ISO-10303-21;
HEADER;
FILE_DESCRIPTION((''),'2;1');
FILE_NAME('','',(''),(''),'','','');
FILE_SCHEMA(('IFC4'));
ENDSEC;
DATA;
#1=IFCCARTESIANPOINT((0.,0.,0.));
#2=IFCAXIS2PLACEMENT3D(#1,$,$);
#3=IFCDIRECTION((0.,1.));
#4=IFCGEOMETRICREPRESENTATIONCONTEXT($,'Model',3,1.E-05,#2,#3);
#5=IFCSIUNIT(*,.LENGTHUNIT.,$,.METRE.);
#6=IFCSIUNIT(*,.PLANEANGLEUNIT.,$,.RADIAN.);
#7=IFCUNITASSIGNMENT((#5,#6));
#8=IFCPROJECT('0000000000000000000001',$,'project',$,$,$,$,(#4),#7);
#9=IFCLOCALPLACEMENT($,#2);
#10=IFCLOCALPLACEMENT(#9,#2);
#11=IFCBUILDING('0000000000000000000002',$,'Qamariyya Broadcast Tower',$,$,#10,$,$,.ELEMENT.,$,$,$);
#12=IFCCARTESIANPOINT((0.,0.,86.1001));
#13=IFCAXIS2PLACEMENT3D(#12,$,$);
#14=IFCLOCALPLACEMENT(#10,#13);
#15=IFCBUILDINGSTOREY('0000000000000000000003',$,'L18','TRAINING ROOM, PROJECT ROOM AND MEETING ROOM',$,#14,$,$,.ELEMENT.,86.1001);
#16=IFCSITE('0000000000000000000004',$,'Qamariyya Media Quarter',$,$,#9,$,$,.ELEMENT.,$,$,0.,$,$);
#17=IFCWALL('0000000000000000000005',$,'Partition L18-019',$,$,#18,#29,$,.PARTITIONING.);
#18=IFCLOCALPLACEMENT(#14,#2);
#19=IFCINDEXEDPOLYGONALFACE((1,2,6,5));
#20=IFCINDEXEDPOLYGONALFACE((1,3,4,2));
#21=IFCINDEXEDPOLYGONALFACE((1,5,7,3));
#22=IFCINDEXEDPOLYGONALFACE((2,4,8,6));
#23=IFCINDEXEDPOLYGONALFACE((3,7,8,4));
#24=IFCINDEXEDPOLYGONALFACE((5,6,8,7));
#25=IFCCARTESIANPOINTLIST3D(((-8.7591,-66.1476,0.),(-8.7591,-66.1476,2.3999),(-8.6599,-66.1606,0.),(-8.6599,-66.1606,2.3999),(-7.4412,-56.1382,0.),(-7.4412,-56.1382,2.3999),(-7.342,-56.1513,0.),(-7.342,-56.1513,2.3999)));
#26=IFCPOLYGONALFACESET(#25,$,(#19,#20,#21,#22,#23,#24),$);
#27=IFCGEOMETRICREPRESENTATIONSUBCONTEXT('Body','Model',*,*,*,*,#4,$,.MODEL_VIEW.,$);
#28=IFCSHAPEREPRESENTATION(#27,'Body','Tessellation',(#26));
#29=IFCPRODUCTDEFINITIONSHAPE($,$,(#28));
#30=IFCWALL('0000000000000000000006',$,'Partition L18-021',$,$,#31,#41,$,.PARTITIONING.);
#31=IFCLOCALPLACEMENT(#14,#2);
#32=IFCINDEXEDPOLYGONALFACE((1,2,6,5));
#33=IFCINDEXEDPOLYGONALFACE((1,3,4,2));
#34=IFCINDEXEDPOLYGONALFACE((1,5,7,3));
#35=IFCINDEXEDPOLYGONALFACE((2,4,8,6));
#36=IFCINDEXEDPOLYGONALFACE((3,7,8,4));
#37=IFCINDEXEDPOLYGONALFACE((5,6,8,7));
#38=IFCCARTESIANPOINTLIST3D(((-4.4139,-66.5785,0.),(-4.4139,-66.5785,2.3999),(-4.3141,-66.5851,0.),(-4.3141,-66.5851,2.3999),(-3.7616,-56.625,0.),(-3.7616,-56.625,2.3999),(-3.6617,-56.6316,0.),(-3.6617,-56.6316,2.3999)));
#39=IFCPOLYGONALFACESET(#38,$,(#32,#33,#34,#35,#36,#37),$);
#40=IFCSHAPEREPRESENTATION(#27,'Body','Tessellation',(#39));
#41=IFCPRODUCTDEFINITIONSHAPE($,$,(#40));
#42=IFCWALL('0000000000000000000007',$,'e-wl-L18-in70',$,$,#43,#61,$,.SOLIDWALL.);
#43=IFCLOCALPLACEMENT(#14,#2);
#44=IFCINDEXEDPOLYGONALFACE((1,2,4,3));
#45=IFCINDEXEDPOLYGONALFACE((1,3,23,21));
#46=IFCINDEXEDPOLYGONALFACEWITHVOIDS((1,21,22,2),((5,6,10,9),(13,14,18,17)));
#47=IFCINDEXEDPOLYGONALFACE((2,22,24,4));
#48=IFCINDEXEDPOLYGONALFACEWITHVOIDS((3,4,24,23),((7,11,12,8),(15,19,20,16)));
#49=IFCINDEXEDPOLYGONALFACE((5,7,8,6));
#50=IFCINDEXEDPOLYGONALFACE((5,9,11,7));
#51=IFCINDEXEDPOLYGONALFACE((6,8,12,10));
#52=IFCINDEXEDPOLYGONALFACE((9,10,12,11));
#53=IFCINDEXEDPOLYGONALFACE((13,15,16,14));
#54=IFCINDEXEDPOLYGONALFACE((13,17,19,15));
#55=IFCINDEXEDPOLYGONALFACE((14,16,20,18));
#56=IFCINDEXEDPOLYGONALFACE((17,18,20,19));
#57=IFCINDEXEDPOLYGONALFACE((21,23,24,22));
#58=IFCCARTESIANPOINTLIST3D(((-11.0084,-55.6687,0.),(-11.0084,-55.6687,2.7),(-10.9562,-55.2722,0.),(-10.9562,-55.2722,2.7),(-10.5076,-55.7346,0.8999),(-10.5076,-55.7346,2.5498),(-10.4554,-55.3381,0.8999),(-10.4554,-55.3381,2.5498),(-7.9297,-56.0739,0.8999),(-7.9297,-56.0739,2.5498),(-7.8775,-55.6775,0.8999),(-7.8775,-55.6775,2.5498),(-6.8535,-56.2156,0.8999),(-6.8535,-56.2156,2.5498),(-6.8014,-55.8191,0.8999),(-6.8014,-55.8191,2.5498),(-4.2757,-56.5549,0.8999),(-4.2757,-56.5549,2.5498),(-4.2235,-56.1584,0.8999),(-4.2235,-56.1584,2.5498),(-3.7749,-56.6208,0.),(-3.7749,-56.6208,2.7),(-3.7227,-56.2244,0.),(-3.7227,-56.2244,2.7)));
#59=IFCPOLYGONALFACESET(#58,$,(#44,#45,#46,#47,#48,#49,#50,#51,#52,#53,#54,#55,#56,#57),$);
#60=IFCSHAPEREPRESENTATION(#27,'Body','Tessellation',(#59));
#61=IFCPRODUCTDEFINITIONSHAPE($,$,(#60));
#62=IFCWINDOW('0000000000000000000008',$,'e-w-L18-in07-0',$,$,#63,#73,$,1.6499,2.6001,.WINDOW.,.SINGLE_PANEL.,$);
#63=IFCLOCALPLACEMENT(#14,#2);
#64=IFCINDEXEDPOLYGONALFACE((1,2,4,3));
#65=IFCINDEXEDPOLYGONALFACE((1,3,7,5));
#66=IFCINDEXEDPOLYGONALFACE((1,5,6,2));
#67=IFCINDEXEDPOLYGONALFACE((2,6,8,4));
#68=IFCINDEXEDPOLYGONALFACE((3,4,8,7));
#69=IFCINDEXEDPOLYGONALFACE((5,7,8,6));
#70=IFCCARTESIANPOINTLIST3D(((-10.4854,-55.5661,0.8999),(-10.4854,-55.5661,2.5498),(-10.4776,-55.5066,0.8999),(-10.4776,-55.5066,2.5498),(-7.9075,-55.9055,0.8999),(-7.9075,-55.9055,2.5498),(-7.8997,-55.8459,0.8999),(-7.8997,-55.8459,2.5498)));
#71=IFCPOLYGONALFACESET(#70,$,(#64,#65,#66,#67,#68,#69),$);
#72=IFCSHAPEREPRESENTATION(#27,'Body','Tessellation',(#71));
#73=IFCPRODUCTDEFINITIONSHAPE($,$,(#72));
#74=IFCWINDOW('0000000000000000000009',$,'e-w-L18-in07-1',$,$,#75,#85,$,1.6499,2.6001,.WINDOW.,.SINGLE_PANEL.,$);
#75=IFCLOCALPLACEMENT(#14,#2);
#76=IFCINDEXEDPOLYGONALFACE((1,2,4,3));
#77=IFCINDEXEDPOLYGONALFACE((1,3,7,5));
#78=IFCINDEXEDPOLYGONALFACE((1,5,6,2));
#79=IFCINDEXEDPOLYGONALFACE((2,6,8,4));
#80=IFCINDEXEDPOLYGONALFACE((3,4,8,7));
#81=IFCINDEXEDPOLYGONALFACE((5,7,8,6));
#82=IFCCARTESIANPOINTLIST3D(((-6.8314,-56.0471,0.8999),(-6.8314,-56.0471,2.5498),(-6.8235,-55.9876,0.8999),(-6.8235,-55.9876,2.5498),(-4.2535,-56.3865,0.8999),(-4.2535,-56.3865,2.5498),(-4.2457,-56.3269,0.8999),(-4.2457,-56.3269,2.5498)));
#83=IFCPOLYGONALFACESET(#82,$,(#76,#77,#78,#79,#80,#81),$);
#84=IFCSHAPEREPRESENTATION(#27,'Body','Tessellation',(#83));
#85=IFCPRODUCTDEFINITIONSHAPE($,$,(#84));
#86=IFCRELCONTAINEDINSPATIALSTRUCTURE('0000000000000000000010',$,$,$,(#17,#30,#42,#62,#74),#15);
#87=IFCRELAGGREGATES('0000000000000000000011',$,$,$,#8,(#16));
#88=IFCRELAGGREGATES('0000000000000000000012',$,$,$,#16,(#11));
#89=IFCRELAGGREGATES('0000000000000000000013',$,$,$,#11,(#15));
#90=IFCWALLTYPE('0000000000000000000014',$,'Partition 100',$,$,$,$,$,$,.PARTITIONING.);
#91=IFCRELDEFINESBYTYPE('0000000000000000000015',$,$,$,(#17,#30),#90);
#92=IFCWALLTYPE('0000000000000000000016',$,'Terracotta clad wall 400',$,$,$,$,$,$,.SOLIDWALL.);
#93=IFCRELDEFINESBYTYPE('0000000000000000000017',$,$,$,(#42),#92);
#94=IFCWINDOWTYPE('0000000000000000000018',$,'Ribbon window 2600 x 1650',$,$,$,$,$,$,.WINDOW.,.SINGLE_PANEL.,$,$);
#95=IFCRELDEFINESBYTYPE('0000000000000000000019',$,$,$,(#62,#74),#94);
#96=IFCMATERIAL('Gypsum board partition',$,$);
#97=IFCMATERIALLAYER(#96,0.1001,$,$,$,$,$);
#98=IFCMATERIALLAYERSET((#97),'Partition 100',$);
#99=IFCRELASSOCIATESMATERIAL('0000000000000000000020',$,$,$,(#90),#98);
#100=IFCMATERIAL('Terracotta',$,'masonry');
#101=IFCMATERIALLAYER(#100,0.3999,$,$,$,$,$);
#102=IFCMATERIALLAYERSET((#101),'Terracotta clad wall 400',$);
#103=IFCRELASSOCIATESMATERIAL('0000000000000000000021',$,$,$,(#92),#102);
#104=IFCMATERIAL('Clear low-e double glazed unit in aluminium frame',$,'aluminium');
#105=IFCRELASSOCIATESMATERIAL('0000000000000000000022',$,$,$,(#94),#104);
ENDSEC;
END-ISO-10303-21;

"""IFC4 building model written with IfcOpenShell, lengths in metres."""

from ifc_helpers import new_model, si_unit, direction, frame, frame_2d, origin, place, context, subcontext, project, spatial, rectangle, extrude, material, layer, layer_set, type_object, element, fill, save


model = new_model("IFC4")

# Units and contexts
model_context = context("Model", 3, precision=1e-05, world=origin(), true_north=direction((0.0, 1.0)))
body_context = subcontext(model_context, "Body", "Model", "MODEL_VIEW")
ifc_project = project(units=[si_unit("LENGTHUNIT", "METRE"), si_unit("PLANEANGLEUNIT", "RADIAN")], contexts=[model_context])

# Site, building, storey
site_placement = place(None, origin())
site = spatial("IfcSite", under=ifc_project, at=site_placement, Name="Qamariyya Media Quarter", CompositionType="ELEMENT", RefElevation=0.0)
building_placement = place(site_placement, origin())
building = spatial("IfcBuilding", under=site, at=building_placement, Name="Qamariyya Broadcast Tower", CompositionType="ELEMENT")
storey_placement = place(building_placement, frame((0.0, 0.0, 86.1001)))
storey = spatial("IfcBuildingStorey", under=building, at=storey_placement, Name="L18", Description="TRAINING ROOM, PROJECT ROOM AND MEETING ROOM", CompositionType="ELEMENT", Elevation=86.1001)

# Shared definitions
ifc_material_1 = material(Name="Gypsum board partition")

# Walls
ifc_layer_1 = layer(ifc_material_1, 0.1001)
ifc_layer_set_1 = layer_set([ifc_layer_1], Name="Partition 100")
wall_type_1 = type_object("IfcWallType", Name="Partition 100", PredefinedType="PARTITIONING", material=ifc_layer_set_1)
wall_1_placement = place(storey_placement, frame((-7.3916, -56.1448, 0.0), z_axis=(0.0, 0.0, 1.0), x_axis=(-0.130538, -0.991443, 0.0)))
element("IfcWall", 1, at=wall_1_placement, inside=storey, type_object=wall_type_1, Name="Partition L18-019", PredefinedType="PARTITIONING", context=body_context, shape_type="SweptSolid", body=[
    extrude(rectangle(XDim=10.0957, YDim=0.1001, at=frame_2d((5.0479, 0.0))), origin(), (0.0, 0.0, 1.0), 2.3999),
])
wall_2_placement = place(storey_placement, frame((-3.7117, -56.6284, 0.0), z_axis=(0.0, 0.0, 1.0), x_axis=(-0.065398, -0.997859, 0.0)))
element("IfcWall", 2, at=wall_2_placement, inside=storey, type_object=wall_type_1, Name="Partition L18-021", PredefinedType="PARTITIONING", context=body_context, shape_type="SweptSolid", body=[
    extrude(rectangle(XDim=9.9749, YDim=0.1001, at=frame_2d((4.9873, 0.0))), origin(), (0.0, 0.0, 1.0), 2.3999),
])

# Wall, openings, windows
ifc_material_2 = material(Name="Terracotta", Category="masonry")
ifc_layer_2 = layer(ifc_material_2, 0.3999)
ifc_layer_set_2 = layer_set([ifc_layer_2], Name="Terracotta clad wall 400")
wall_type_2 = type_object("IfcWallType", Name="Terracotta clad wall 400", PredefinedType="SOLIDWALL", material=ifc_layer_set_2)
wall_3_placement = place(storey_placement, frame((-3.7488, -56.4226, 0.0), z_axis=(0.0, 0.0, 1.0), x_axis=(-0.991447, 0.130506, 0.0)))
wall_3 = element("IfcWall", 3, at=wall_3_placement, inside=storey, type_object=wall_type_2, Name="e-wl-L18-in70", PredefinedType="SOLIDWALL", context=body_context, shape_type="SweptSolid", body=[
    extrude(rectangle(XDim=7.2959, YDim=0.3999, at=frame_2d((3.6479, 0.0))), origin(), (0.0, 0.0, 1.0), 2.7),
])
opening_1_placement = place(wall_3_placement, frame((4.1907, 0.0, 0.8999)))
opening_1 = element("IfcOpeningElement", 4, at=opening_1_placement, cuts=wall_3, PredefinedType="OPENING", context=body_context, shape_type="SweptSolid", body=[
    extrude(rectangle(XDim=2.6001, YDim=1.6499, at=frame_2d((1.3, 0.825))), frame((0.0, 0.21, 0.0), z_axis=(0.0, -1.0, 0.0), x_axis=(1.0, 0.0, 0.0)), (0.0, 0.0, 1.0), 0.4199),
])
opening_2_placement = place(wall_3_placement, frame((0.5051, 0.0, 0.8999)))
opening_2 = element("IfcOpeningElement", 5, at=opening_2_placement, cuts=wall_3, PredefinedType="OPENING", context=body_context, shape_type="SweptSolid", body=[
    extrude(rectangle(XDim=2.6001, YDim=1.6499, at=frame_2d((1.3, 0.825))), frame((0.0, 0.21, 0.0), z_axis=(0.0, -1.0, 0.0), x_axis=(1.0, 0.0, 0.0)), (0.0, 0.0, 1.0), 0.4199),
])
ifc_material_3 = material(Name="Clear low-e double glazed unit in aluminium frame", Category="aluminium")
window_type = type_object("IfcWindowType", Name="Ribbon window 2600 x 1650", PartitioningType="SINGLE_PANEL", PredefinedType="WINDOW", material=ifc_material_3)
window_1_placement = place(opening_1_placement, origin())
window_1 = element("IfcWindow", 6, at=window_1_placement, inside=storey, type_object=window_type, Name="e-w-L18-in07-0", OverallHeight=1.6499, OverallWidth=2.6001, PartitioningType="SINGLE_PANEL", PredefinedType="WINDOW", context=body_context, shape_type="SweptSolid", body=[
    extrude(rectangle(XDim=2.6001, YDim=1.6499, at=frame_2d((1.3, 0.825))), frame((0.0, 0.03, 0.0), z_axis=(0.0, -1.0, 0.0), x_axis=(1.0, 0.0, 0.0)), (0.0, 0.0, 1.0), 0.0601),
])
fill(opening_1, window_1)
window_2_placement = place(opening_2_placement, origin())
window_2 = element("IfcWindow", 7, at=window_2_placement, inside=storey, type_object=window_type, Name="e-w-L18-in07-1", OverallHeight=1.6499, OverallWidth=2.6001, PartitioningType="SINGLE_PANEL", PredefinedType="WINDOW", context=body_context, shape_type="SweptSolid", body=[
    extrude(rectangle(XDim=2.6001, YDim=1.6499, at=frame_2d((1.3, 0.825))), frame((0.0, 0.03, 0.0), z_axis=(0.0, -1.0, 0.0), x_axis=(1.0, 0.0, 0.0)), (0.0, 0.0, 1.0), 0.0601),
])
fill(opening_2, window_2)

save(model, "model.ifc")
